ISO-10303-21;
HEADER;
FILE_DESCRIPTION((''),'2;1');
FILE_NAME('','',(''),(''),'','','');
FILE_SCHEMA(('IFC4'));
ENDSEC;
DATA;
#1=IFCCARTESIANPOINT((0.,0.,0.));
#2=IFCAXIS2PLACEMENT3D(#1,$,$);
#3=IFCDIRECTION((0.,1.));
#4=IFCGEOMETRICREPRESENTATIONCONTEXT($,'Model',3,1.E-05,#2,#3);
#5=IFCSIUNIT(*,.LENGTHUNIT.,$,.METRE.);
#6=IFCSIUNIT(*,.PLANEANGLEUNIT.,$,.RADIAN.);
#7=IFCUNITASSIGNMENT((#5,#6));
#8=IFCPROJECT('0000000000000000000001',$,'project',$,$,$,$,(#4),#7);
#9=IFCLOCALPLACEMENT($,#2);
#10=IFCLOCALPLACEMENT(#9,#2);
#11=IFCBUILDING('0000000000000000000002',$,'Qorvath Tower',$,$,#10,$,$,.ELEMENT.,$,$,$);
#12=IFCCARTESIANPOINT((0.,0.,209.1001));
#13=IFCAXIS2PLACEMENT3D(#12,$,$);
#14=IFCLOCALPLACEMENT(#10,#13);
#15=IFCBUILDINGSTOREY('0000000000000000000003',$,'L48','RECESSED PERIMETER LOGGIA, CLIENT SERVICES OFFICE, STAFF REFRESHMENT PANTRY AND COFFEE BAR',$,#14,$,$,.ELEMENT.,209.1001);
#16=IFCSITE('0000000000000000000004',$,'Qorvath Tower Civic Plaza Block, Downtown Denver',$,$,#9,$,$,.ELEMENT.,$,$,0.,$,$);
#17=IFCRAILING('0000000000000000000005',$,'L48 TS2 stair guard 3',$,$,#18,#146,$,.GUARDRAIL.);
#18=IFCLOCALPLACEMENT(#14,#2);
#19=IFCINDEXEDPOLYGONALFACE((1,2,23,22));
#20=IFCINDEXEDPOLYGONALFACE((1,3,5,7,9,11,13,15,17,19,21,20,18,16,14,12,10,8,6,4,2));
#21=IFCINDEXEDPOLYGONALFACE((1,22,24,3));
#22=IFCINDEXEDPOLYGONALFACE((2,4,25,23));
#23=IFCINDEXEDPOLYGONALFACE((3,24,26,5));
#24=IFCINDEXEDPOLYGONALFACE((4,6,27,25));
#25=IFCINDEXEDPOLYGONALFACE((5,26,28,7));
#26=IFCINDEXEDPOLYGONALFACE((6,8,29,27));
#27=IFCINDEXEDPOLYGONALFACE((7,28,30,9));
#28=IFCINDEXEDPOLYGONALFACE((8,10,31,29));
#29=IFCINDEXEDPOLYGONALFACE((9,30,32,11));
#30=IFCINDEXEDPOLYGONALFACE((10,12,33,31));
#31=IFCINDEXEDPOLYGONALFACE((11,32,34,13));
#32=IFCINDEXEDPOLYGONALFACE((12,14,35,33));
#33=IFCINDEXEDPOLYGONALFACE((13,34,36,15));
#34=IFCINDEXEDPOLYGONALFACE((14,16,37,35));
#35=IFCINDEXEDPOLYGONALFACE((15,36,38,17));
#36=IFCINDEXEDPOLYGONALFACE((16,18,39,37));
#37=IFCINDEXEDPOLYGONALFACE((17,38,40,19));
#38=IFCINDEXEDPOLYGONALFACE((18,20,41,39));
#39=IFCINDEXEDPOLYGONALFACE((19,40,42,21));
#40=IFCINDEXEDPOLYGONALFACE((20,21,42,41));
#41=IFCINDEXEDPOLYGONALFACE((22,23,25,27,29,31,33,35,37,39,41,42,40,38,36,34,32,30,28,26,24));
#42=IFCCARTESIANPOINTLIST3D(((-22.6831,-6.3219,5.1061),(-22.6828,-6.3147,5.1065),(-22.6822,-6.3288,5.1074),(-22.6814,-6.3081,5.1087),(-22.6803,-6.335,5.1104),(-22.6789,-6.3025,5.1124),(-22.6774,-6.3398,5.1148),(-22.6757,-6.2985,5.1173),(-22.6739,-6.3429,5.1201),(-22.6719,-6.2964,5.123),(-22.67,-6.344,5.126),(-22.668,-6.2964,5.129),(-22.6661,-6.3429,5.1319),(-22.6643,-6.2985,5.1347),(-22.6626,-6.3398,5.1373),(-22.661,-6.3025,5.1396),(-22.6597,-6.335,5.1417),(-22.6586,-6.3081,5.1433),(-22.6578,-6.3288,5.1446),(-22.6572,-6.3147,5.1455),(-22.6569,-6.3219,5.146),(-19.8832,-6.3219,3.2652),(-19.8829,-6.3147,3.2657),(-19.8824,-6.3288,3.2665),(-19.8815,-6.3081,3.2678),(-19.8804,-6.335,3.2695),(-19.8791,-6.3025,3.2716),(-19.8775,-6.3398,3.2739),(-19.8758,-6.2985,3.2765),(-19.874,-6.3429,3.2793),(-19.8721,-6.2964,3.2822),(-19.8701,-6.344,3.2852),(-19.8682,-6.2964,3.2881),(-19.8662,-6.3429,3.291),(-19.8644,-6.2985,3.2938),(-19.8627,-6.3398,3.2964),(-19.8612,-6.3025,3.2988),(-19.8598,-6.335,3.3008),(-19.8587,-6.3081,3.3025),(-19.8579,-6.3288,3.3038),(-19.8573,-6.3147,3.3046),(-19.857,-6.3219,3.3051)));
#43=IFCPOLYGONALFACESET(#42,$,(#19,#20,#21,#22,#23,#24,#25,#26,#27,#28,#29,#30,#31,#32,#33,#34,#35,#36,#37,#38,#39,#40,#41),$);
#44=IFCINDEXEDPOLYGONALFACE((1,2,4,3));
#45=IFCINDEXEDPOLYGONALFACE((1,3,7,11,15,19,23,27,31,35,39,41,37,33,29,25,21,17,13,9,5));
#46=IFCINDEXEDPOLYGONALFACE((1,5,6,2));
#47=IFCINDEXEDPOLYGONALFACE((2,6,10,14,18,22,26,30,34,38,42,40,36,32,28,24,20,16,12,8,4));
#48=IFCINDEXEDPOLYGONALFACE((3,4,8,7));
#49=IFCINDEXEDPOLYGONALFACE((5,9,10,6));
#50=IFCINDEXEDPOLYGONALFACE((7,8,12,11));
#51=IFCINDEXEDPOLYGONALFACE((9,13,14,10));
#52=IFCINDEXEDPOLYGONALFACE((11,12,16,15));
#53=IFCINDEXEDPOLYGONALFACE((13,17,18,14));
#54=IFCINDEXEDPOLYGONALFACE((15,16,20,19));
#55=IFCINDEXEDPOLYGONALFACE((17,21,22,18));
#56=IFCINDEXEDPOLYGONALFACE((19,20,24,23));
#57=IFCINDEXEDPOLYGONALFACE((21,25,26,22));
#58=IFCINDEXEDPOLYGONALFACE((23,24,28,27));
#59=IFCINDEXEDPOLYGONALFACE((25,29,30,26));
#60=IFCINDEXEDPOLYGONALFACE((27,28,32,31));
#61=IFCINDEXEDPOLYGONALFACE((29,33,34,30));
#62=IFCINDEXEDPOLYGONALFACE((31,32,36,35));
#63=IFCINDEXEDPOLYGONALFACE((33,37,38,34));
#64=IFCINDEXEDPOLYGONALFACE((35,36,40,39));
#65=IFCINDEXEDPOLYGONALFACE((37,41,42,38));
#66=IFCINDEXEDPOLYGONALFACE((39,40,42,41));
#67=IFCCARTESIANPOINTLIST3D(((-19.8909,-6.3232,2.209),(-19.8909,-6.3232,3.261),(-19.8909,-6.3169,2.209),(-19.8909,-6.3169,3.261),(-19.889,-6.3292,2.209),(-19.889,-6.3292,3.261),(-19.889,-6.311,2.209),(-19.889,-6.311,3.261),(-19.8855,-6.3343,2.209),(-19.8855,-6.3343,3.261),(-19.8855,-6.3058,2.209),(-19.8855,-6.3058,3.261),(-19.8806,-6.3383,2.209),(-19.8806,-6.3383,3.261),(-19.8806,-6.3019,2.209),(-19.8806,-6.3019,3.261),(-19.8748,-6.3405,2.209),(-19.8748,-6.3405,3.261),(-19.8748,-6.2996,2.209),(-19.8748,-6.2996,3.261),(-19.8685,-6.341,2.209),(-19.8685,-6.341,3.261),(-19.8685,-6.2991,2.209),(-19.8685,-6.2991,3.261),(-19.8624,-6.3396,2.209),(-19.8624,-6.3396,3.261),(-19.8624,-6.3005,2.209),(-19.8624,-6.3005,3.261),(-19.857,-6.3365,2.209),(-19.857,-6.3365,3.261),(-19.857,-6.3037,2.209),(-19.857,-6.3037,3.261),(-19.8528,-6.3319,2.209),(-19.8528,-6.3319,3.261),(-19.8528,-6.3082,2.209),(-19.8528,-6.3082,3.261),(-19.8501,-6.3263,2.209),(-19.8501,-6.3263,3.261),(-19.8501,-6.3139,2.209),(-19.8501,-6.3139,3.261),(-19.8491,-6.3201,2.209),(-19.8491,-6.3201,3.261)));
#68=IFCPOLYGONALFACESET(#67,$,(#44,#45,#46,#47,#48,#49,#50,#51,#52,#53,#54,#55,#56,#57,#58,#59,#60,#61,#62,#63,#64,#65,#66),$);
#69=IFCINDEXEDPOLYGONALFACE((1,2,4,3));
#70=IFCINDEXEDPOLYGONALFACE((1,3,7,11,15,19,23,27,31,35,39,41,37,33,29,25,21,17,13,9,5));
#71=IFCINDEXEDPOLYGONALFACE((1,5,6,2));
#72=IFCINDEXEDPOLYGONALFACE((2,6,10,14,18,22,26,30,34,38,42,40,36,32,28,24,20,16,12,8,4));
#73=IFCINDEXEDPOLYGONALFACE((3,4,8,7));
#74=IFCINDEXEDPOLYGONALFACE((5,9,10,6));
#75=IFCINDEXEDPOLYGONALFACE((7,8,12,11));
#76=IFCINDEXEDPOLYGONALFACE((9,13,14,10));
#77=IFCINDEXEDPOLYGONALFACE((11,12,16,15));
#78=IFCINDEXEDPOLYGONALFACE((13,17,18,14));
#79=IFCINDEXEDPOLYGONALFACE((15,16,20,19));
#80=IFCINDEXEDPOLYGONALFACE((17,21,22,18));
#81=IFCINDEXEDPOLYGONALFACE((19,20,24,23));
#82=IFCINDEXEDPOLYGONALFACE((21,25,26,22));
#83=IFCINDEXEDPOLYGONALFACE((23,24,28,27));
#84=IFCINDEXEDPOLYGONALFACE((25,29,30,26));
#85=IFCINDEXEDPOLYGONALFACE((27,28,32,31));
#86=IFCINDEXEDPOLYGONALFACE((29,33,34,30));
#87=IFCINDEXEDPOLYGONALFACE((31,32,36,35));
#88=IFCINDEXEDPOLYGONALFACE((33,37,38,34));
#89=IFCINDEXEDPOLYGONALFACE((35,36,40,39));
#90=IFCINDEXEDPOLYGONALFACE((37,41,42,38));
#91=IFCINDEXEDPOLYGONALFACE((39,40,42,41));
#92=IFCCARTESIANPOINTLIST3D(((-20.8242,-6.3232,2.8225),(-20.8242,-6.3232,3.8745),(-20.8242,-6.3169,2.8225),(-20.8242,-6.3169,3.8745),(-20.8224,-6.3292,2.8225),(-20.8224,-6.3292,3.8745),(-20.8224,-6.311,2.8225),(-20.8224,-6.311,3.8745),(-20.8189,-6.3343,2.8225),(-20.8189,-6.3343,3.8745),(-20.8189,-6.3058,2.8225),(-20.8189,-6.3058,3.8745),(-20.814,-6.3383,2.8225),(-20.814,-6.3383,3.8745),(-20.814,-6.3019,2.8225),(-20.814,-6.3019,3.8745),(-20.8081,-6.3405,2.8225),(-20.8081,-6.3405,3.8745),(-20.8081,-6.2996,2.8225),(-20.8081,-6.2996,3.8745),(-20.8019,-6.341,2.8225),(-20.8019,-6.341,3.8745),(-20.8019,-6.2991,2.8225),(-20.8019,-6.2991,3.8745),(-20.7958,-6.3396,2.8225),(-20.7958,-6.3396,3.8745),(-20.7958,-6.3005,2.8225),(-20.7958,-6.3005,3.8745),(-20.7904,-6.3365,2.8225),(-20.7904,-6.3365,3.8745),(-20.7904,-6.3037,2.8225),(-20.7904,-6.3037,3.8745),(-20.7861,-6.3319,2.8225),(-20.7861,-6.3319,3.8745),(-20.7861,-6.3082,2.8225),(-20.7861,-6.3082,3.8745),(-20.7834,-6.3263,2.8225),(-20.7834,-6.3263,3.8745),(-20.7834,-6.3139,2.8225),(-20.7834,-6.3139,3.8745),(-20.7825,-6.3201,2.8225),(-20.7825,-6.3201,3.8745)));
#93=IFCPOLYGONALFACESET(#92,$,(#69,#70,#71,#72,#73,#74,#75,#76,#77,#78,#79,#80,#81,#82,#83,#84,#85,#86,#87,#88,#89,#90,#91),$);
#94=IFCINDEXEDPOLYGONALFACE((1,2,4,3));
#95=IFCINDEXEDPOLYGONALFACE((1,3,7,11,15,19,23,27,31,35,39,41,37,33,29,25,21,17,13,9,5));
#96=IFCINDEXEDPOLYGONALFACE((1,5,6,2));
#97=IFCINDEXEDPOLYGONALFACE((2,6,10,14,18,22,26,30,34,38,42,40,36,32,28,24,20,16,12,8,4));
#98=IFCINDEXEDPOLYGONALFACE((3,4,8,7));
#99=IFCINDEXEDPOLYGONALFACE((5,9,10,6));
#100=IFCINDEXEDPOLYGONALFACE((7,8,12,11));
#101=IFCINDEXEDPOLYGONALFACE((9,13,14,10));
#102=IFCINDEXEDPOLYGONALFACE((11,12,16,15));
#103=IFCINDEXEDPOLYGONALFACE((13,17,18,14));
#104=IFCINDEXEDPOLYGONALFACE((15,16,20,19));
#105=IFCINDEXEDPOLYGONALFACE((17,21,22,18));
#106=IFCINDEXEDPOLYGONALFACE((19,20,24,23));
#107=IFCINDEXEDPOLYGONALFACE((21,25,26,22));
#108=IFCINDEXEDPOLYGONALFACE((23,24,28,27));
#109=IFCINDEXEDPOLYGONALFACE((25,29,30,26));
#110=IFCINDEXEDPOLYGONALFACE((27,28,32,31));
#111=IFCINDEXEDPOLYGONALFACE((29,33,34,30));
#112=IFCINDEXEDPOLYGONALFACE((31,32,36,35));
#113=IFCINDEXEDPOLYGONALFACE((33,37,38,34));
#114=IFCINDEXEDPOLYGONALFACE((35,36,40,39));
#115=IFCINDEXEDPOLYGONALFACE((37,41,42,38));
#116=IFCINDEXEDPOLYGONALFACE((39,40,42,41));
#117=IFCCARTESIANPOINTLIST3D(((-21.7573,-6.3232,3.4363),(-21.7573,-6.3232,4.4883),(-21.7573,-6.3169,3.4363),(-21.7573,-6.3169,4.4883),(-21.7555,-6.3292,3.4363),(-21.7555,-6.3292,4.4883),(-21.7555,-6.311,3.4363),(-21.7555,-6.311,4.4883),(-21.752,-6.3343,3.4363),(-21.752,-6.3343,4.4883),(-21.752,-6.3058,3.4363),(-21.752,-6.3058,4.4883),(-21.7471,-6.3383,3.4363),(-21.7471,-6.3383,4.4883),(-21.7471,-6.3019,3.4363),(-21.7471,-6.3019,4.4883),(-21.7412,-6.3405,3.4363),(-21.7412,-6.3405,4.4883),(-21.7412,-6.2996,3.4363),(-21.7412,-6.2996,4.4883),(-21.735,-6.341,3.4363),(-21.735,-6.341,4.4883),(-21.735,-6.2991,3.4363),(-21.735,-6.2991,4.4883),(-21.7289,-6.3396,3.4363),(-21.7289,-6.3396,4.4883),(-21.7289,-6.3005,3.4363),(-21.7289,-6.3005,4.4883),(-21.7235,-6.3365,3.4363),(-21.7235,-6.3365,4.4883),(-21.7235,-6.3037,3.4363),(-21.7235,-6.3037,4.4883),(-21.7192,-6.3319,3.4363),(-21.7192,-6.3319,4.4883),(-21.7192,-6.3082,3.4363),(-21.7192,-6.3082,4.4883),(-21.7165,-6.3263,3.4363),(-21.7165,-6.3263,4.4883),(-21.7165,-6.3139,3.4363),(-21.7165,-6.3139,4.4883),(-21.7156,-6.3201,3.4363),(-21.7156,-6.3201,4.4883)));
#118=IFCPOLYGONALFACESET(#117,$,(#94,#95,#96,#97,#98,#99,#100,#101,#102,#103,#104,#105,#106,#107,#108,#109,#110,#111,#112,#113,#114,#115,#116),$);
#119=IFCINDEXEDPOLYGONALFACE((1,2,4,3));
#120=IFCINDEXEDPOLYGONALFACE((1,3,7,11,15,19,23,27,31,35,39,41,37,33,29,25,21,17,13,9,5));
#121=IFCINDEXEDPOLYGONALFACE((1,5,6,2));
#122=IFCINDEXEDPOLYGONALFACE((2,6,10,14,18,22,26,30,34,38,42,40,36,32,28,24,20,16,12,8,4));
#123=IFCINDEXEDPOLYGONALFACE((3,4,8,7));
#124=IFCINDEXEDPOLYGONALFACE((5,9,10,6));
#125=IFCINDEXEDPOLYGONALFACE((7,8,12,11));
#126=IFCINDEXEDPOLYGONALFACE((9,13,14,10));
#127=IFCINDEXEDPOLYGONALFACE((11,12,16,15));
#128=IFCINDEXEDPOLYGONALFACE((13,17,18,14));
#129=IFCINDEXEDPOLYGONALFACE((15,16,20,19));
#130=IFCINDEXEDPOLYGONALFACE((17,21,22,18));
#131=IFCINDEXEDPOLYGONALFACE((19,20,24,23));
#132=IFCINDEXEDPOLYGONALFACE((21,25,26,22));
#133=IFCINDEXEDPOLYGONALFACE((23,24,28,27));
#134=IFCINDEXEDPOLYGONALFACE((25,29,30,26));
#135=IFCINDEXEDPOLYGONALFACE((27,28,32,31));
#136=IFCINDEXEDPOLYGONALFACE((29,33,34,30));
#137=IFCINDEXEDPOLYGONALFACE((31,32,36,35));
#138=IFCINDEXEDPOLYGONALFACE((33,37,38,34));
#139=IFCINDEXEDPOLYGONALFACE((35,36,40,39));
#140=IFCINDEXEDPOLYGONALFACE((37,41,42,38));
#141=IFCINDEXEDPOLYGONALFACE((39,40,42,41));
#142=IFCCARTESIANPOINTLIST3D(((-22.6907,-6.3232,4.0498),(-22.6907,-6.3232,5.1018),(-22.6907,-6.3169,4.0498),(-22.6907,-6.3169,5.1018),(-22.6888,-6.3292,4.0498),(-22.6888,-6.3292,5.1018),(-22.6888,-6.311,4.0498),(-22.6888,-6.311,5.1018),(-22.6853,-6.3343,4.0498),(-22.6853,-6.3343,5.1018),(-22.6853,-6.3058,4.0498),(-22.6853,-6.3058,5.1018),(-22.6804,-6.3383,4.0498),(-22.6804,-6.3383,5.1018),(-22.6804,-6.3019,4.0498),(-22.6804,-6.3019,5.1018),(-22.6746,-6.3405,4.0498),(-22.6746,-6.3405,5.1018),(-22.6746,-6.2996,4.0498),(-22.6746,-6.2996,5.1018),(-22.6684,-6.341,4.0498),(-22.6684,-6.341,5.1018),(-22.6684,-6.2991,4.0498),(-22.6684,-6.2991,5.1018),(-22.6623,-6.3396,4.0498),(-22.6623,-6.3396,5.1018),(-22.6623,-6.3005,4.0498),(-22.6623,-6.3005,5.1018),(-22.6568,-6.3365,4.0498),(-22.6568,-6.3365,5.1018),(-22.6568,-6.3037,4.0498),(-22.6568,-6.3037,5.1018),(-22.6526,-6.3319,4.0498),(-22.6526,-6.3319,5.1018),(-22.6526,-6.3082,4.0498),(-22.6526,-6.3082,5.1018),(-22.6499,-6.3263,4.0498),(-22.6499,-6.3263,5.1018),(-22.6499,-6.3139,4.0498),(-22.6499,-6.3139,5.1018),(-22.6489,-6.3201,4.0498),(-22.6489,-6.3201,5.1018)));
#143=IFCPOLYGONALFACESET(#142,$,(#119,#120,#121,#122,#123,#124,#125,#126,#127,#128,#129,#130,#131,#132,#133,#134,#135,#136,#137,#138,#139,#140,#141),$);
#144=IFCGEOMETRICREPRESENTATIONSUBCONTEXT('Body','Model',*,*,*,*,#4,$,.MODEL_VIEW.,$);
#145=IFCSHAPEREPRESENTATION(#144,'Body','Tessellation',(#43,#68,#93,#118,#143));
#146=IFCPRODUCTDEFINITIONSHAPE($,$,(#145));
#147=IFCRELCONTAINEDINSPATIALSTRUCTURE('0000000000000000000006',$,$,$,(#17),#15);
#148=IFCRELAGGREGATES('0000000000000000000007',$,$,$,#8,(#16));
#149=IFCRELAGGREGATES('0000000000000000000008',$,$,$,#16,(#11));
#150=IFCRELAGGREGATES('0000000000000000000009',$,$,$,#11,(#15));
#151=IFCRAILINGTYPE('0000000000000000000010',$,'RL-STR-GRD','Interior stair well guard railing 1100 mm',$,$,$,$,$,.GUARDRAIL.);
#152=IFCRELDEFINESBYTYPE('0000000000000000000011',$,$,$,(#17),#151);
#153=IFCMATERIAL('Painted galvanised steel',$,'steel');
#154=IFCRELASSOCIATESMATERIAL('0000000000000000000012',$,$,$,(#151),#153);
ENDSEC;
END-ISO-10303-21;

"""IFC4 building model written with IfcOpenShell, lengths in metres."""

from ifc_helpers import new_model, si_unit, direction, frame, origin, origin_2d, place, context, subcontext, project, spatial, circle, extrude, material, type_object, element, save


model = new_model("IFC4")

# Units and contexts
model_context = context("Model", 3, precision=1e-05, world=origin(), true_north=direction((0.0, 1.0)))
body_context = subcontext(model_context, "Body", "Model", "MODEL_VIEW")
ifc_project = project(units=[si_unit("LENGTHUNIT", "METRE"), si_unit("PLANEANGLEUNIT", "RADIAN")], contexts=[model_context])

# Site, building, storey
site_placement = place(None, origin())
site = spatial("IfcSite", under=ifc_project, at=site_placement, Name="Qorvath Tower Civic Plaza Block, Downtown Denver", CompositionType="ELEMENT", RefElevation=0.0)
building_placement = place(site_placement, origin())
building = spatial("IfcBuilding", under=site, at=building_placement, Name="Qorvath Tower", CompositionType="ELEMENT")
storey_placement = place(building_placement, frame((0.0, 0.0, 209.1001)))
storey = spatial("IfcBuildingStorey", under=building, at=storey_placement, Name="L48", Description="RECESSED PERIMETER LOGGIA, CLIENT SERVICES OFFICE, STAFF REFRESHMENT PANTRY AND COFFEE BAR", CompositionType="ELEMENT", Elevation=209.1001)

# Railing
ifc_material_1 = material(Name="Painted galvanised steel", Category="steel")
railing_type_1 = type_object("IfcRailingType", Name="RL-STR-GRD", Description="Interior stair well guard railing 1100 mm", PredefinedType="GUARDRAIL", material=ifc_material_1)
railing_1_placement = place(storey_placement, frame((-19.8701, -6.3201, 2.209)))
element("IfcRailing", 1, at=railing_1_placement, inside=storey, type_object=railing_type_1, Name="L48 TS2 stair guard 3", PredefinedType="GUARDRAIL", context=body_context, shape_type="SweptSolid", body=[
    extrude(circle(Radius=0.0239, at=origin_2d()), frame((0.0, 0.0, 1.0762), z_axis=(-0.835576, 0.0, 0.549376), x_axis=(0.0, -1.0, 0.0)), (0.0, 0.0, 1.0), 3.3508),
    extrude(circle(Radius=0.021, at=origin_2d()), origin(), (0.0, 0.0, 1.0), 1.052),
    extrude(circle(Radius=0.021, at=origin_2d()), frame((-0.9333, 0.0, 0.6135)), (0.0, 0.0, 1.0), 1.052),
    extrude(circle(Radius=0.021, at=origin_2d()), frame((-1.8665, 0.0, 1.2273)), (0.0, 0.0, 1.0), 1.052),
    extrude(circle(Radius=0.021, at=origin_2d()), frame((-2.7998, 0.0, 1.8408)), (0.0, 0.0, 1.0), 1.052),
])

save(model, "model.ifc")
